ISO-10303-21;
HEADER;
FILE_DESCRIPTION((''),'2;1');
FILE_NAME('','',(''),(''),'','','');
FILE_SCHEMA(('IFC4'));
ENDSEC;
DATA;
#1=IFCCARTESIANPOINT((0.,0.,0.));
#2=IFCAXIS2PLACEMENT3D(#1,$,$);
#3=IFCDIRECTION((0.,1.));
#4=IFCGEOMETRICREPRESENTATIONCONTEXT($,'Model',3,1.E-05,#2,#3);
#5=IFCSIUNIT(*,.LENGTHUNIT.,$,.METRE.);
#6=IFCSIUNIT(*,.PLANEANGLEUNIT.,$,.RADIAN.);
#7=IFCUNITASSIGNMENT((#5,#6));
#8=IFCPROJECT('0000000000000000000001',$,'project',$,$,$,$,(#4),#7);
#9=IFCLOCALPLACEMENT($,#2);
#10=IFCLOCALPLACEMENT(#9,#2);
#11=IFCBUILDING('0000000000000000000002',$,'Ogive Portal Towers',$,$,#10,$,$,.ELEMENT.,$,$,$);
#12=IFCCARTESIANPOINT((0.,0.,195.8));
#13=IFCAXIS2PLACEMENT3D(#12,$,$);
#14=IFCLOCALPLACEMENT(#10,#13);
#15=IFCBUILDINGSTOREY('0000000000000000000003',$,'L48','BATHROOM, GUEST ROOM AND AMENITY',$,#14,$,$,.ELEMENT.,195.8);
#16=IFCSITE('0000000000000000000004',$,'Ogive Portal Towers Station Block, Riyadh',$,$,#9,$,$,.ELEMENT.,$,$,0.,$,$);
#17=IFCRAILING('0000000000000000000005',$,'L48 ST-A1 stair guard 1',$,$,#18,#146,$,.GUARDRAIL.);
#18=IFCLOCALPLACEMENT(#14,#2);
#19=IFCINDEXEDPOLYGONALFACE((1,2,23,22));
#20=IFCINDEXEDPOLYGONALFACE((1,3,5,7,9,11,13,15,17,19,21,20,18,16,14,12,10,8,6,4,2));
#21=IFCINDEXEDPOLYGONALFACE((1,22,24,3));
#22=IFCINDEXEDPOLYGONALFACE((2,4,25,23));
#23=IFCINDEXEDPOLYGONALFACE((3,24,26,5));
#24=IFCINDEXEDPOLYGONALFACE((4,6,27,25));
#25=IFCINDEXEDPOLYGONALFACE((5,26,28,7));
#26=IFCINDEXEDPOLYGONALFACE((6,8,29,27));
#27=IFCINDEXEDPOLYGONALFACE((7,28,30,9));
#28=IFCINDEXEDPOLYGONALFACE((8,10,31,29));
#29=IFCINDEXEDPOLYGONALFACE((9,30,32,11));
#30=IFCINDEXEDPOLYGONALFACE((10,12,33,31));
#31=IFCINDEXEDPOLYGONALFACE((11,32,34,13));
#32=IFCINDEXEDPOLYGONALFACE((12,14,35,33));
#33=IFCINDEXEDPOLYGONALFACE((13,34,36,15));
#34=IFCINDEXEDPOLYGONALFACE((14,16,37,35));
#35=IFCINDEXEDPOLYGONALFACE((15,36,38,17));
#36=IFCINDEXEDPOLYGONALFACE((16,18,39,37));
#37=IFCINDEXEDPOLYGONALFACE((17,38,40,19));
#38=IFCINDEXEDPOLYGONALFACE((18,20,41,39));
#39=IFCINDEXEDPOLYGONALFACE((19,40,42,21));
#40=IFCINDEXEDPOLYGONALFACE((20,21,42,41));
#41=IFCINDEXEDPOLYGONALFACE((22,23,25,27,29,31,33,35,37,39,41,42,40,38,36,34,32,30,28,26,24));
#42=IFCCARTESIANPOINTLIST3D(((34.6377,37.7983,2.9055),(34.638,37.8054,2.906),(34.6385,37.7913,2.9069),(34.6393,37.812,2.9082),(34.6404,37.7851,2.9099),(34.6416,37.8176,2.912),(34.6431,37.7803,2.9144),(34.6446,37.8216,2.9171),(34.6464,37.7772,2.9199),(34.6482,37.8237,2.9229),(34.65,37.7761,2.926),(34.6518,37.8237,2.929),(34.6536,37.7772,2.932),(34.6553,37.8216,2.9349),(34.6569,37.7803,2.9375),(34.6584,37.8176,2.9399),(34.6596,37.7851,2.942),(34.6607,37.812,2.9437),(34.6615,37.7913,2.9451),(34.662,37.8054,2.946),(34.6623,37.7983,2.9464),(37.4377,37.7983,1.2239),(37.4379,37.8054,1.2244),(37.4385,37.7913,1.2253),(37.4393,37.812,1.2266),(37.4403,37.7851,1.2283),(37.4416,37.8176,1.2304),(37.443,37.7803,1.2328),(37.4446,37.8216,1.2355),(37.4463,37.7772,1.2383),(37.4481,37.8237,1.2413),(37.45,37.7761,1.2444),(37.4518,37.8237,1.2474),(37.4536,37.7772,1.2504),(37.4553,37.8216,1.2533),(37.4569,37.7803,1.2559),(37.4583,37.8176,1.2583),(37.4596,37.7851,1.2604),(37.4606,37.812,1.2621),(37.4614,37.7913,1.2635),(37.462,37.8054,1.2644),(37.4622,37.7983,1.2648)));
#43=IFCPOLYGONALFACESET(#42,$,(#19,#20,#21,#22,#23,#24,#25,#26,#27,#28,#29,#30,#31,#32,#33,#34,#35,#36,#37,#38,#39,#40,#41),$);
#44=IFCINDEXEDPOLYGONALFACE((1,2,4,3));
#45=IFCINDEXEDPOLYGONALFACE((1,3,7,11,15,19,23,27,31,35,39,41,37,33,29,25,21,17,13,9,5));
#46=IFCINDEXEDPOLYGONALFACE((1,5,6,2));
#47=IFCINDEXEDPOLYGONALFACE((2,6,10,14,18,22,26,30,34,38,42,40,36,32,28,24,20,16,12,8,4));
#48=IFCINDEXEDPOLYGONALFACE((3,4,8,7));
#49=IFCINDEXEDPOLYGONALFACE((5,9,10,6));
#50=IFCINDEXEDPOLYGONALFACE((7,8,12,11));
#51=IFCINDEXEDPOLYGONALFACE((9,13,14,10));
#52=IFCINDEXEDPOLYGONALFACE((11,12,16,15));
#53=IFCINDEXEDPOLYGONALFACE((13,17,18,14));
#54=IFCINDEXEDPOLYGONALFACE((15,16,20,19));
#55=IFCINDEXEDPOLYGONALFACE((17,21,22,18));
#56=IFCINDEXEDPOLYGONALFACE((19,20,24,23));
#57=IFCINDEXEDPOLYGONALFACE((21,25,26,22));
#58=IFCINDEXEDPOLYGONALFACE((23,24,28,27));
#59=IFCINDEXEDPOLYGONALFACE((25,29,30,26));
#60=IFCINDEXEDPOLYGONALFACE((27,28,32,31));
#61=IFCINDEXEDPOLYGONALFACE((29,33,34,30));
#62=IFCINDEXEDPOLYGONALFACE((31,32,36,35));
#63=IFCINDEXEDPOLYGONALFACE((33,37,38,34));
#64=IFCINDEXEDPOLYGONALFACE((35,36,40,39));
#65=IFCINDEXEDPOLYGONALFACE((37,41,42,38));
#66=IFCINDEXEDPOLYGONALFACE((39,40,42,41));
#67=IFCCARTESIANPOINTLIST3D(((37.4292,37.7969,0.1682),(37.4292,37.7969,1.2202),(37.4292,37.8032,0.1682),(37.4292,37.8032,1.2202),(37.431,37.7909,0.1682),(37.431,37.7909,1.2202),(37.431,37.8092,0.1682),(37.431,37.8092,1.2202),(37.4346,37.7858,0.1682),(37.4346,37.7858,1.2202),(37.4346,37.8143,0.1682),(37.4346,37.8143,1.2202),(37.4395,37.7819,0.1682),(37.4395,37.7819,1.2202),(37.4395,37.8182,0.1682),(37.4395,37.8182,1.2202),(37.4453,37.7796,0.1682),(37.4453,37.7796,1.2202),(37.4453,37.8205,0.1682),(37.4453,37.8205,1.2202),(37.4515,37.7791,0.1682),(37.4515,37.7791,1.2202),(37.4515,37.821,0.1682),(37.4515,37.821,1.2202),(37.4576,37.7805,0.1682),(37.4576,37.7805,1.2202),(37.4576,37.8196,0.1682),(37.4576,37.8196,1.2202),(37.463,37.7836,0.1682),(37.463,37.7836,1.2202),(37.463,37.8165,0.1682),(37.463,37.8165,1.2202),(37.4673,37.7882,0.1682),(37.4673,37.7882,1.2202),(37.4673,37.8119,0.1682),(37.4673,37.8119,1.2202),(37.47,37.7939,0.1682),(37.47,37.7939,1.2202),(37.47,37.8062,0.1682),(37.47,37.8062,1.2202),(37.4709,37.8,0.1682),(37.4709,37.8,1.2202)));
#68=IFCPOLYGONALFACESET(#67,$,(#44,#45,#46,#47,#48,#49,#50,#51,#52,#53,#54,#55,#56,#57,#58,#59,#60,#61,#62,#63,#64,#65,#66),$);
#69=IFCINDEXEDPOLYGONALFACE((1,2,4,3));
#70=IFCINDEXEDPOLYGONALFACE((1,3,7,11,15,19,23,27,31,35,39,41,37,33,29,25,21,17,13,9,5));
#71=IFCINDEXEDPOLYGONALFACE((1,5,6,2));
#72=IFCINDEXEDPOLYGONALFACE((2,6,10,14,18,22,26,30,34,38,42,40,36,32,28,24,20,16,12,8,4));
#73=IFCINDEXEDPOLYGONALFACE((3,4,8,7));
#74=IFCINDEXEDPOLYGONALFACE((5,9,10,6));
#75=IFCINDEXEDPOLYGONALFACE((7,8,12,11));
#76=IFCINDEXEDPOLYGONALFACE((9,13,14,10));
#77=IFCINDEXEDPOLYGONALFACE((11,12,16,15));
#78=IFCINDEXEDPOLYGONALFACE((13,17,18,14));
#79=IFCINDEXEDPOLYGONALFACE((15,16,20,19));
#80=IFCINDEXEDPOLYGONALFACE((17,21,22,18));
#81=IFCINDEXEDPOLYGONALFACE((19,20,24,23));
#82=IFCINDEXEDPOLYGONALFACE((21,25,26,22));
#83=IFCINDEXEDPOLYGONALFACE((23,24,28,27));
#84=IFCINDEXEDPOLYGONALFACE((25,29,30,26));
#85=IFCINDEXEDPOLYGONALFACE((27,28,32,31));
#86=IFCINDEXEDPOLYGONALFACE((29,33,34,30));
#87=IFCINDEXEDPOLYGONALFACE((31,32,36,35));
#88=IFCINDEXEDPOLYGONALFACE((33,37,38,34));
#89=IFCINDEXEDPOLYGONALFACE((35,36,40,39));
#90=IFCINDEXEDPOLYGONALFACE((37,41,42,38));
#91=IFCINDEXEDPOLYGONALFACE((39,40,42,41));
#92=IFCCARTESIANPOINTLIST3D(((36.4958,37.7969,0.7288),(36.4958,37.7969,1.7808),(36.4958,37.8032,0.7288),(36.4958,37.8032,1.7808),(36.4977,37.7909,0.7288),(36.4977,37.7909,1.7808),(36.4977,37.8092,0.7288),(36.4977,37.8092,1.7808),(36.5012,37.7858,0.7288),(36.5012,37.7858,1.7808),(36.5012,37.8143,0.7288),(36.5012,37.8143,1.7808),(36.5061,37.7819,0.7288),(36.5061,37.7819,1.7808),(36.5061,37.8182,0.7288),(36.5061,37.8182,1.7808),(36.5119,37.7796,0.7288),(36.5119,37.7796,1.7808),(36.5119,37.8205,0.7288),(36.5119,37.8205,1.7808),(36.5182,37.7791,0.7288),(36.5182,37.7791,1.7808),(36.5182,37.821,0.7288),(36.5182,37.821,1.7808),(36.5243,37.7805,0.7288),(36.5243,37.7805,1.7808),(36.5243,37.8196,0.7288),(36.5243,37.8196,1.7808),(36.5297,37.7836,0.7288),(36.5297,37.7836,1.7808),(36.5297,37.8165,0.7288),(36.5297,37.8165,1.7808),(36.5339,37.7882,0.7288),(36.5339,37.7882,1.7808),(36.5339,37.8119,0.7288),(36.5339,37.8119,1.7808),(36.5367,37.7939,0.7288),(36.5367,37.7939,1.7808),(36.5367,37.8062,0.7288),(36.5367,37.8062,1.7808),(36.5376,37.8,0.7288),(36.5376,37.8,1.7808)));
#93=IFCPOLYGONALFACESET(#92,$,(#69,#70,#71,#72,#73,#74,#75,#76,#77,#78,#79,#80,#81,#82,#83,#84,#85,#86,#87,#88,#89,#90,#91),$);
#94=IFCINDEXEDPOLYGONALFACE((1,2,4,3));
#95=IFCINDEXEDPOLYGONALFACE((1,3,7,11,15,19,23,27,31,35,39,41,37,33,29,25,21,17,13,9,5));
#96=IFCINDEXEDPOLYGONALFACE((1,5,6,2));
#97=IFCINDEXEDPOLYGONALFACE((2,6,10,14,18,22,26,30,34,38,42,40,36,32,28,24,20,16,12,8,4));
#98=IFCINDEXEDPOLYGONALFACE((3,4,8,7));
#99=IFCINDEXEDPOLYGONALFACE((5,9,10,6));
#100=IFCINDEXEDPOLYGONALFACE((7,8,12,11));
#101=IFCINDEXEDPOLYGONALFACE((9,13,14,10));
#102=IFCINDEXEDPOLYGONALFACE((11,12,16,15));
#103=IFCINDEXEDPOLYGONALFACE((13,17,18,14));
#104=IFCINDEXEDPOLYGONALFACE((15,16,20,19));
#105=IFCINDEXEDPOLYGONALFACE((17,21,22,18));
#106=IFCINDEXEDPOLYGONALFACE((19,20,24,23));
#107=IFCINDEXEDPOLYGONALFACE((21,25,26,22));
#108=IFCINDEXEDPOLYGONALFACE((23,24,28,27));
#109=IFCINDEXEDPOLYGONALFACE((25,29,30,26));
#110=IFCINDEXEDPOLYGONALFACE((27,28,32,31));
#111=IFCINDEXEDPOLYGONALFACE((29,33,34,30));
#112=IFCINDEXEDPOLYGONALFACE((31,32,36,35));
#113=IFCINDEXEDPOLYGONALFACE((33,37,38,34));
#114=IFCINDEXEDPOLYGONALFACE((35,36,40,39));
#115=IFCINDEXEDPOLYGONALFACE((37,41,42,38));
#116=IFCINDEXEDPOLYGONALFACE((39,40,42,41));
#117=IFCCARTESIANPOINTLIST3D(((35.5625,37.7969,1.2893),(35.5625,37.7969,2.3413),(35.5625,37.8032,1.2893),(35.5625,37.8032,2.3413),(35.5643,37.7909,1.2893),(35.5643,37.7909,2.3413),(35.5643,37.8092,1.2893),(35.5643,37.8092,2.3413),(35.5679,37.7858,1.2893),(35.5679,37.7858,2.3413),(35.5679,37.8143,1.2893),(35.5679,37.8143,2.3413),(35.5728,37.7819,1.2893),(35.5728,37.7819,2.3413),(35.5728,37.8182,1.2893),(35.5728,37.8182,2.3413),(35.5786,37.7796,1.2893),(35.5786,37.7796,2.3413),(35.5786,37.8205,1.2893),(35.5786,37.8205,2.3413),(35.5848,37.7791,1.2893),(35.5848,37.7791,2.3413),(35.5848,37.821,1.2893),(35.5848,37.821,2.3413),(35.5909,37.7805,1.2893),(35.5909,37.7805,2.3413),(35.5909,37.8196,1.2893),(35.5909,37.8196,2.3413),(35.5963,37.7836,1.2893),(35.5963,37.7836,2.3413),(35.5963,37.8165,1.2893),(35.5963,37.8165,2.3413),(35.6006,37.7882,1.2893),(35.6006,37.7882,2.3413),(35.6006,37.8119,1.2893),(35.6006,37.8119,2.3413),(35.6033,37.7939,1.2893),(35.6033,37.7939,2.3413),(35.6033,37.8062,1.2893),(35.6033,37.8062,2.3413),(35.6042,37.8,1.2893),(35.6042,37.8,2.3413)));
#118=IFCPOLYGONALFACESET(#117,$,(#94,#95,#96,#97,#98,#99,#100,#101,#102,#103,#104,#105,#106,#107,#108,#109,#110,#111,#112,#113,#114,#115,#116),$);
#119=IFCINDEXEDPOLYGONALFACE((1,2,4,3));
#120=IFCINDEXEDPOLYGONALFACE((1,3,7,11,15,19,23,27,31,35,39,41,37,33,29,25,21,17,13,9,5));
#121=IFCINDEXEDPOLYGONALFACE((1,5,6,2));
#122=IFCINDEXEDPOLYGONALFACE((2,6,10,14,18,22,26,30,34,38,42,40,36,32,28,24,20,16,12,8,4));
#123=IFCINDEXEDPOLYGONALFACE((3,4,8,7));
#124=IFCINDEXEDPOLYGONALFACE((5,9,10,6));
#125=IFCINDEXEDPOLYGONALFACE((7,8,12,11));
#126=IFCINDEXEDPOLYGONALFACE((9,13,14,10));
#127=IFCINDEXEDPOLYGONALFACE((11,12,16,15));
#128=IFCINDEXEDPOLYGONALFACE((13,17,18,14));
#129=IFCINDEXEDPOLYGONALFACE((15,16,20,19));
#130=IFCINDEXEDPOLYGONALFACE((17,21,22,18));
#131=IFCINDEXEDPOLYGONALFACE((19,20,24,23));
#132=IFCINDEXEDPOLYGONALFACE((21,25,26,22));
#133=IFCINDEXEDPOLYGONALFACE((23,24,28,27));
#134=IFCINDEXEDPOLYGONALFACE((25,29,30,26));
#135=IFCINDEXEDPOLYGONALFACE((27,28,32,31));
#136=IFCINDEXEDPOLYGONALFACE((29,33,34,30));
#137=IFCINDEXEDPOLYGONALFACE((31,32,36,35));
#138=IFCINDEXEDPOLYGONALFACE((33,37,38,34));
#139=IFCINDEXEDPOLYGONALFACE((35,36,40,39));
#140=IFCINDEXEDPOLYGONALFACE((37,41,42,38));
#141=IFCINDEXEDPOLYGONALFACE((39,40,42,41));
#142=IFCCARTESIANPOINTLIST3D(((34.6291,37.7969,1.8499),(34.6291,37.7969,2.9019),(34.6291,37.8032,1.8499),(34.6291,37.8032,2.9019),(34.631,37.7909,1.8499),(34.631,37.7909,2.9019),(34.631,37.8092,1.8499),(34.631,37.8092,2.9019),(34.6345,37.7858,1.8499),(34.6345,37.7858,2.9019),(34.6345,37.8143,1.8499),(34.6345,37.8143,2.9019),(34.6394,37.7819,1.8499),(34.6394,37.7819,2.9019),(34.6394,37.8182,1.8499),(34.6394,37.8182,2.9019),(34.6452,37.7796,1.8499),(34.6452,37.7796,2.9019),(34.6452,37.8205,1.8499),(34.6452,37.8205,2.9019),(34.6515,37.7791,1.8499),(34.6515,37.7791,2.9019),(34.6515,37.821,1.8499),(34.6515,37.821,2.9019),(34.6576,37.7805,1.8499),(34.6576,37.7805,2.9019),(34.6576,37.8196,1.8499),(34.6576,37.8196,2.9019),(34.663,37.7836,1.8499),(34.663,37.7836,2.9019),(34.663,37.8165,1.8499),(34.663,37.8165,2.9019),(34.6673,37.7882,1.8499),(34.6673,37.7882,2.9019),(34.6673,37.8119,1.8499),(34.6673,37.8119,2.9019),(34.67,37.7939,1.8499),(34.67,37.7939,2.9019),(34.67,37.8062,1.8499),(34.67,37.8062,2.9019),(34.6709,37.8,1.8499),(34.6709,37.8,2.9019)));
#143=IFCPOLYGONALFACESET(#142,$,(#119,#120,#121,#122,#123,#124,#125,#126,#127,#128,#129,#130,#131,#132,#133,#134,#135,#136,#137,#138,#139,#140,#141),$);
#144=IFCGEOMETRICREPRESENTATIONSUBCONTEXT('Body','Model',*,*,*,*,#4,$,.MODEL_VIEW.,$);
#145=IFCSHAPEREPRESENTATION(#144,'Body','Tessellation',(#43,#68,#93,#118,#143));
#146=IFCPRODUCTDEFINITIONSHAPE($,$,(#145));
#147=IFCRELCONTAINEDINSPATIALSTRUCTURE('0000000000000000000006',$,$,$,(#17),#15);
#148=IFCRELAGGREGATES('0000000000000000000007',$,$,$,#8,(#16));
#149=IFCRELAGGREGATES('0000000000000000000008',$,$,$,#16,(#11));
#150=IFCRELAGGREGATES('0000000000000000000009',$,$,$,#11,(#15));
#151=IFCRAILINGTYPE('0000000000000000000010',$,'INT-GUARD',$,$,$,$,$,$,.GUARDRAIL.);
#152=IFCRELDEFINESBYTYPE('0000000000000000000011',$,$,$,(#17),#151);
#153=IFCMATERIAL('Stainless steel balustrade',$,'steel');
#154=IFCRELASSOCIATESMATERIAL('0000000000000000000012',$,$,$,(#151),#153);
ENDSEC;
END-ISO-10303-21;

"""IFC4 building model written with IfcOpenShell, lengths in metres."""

from ifc_helpers import new_model, si_unit, direction, frame, origin, origin_2d, place, context, subcontext, project, spatial, circle, extrude, material, type_object, element, save


model = new_model("IFC4")

# Units and contexts
model_context = context("Model", 3, precision=1e-05, world=origin(), true_north=direction((0.0, 1.0)))
body_context = subcontext(model_context, "Body", "Model", "MODEL_VIEW")
ifc_project = project(units=[si_unit("LENGTHUNIT", "METRE"), si_unit("PLANEANGLEUNIT", "RADIAN")], contexts=[model_context])

# Site, building, storey
site_placement = place(None, origin())
site = spatial("IfcSite", under=ifc_project, at=site_placement, Name="Ogive Portal Towers Station Block, Riyadh", CompositionType="ELEMENT", RefElevation=0.0)
building_placement = place(site_placement, origin())
building = spatial("IfcBuilding", under=site, at=building_placement, Name="Ogive Portal Towers", CompositionType="ELEMENT")
storey_placement = place(building_placement, frame((0.0, 0.0, 195.8)))
storey = spatial("IfcBuildingStorey", under=building, at=storey_placement, Name="L48", Description="BATHROOM, GUEST ROOM AND AMENITY", CompositionType="ELEMENT", Elevation=195.8)

# Railing
ifc_material_1 = material(Name="Stainless steel balustrade", Category="steel")
railing_type_1 = type_object("IfcRailingType", Name="INT-GUARD", PredefinedType="GUARDRAIL", material=ifc_material_1)
railing_1_placement = place(storey_placement, frame((37.45, 37.8, 0.1682)))
element("IfcRailing", 1, at=railing_1_placement, inside=storey, type_object=railing_type_1, Name="L48 ST-A1 stair guard 1", PredefinedType="GUARDRAIL", context=body_context, shape_type="SweptSolid", body=[
    extrude(circle(Radius=0.0239, at=origin_2d()), frame((0.0, 0.0, 1.0762), z_axis=(-0.857275, 0.0, 0.514858), x_axis=(0.0, -1.0, 0.0)), (0.0, 0.0, 1.0), 3.2661),
    extrude(circle(Radius=0.021, at=origin_2d()), origin(), (0.0, 0.0, 1.0), 1.052),
    extrude(circle(Radius=0.021, at=origin_2d()), frame((-0.9333, 0.0, 0.5605)), (0.0, 0.0, 1.0), 1.052),
    extrude(circle(Radius=0.021, at=origin_2d()), frame((-1.8667, 0.0, 1.1211)), (0.0, 0.0, 1.0), 1.052),
    extrude(circle(Radius=0.021, at=origin_2d()), frame((-2.8, 0.0, 1.6816)), (0.0, 0.0, 1.0), 1.052),
])

save(model, "model.ifc")
